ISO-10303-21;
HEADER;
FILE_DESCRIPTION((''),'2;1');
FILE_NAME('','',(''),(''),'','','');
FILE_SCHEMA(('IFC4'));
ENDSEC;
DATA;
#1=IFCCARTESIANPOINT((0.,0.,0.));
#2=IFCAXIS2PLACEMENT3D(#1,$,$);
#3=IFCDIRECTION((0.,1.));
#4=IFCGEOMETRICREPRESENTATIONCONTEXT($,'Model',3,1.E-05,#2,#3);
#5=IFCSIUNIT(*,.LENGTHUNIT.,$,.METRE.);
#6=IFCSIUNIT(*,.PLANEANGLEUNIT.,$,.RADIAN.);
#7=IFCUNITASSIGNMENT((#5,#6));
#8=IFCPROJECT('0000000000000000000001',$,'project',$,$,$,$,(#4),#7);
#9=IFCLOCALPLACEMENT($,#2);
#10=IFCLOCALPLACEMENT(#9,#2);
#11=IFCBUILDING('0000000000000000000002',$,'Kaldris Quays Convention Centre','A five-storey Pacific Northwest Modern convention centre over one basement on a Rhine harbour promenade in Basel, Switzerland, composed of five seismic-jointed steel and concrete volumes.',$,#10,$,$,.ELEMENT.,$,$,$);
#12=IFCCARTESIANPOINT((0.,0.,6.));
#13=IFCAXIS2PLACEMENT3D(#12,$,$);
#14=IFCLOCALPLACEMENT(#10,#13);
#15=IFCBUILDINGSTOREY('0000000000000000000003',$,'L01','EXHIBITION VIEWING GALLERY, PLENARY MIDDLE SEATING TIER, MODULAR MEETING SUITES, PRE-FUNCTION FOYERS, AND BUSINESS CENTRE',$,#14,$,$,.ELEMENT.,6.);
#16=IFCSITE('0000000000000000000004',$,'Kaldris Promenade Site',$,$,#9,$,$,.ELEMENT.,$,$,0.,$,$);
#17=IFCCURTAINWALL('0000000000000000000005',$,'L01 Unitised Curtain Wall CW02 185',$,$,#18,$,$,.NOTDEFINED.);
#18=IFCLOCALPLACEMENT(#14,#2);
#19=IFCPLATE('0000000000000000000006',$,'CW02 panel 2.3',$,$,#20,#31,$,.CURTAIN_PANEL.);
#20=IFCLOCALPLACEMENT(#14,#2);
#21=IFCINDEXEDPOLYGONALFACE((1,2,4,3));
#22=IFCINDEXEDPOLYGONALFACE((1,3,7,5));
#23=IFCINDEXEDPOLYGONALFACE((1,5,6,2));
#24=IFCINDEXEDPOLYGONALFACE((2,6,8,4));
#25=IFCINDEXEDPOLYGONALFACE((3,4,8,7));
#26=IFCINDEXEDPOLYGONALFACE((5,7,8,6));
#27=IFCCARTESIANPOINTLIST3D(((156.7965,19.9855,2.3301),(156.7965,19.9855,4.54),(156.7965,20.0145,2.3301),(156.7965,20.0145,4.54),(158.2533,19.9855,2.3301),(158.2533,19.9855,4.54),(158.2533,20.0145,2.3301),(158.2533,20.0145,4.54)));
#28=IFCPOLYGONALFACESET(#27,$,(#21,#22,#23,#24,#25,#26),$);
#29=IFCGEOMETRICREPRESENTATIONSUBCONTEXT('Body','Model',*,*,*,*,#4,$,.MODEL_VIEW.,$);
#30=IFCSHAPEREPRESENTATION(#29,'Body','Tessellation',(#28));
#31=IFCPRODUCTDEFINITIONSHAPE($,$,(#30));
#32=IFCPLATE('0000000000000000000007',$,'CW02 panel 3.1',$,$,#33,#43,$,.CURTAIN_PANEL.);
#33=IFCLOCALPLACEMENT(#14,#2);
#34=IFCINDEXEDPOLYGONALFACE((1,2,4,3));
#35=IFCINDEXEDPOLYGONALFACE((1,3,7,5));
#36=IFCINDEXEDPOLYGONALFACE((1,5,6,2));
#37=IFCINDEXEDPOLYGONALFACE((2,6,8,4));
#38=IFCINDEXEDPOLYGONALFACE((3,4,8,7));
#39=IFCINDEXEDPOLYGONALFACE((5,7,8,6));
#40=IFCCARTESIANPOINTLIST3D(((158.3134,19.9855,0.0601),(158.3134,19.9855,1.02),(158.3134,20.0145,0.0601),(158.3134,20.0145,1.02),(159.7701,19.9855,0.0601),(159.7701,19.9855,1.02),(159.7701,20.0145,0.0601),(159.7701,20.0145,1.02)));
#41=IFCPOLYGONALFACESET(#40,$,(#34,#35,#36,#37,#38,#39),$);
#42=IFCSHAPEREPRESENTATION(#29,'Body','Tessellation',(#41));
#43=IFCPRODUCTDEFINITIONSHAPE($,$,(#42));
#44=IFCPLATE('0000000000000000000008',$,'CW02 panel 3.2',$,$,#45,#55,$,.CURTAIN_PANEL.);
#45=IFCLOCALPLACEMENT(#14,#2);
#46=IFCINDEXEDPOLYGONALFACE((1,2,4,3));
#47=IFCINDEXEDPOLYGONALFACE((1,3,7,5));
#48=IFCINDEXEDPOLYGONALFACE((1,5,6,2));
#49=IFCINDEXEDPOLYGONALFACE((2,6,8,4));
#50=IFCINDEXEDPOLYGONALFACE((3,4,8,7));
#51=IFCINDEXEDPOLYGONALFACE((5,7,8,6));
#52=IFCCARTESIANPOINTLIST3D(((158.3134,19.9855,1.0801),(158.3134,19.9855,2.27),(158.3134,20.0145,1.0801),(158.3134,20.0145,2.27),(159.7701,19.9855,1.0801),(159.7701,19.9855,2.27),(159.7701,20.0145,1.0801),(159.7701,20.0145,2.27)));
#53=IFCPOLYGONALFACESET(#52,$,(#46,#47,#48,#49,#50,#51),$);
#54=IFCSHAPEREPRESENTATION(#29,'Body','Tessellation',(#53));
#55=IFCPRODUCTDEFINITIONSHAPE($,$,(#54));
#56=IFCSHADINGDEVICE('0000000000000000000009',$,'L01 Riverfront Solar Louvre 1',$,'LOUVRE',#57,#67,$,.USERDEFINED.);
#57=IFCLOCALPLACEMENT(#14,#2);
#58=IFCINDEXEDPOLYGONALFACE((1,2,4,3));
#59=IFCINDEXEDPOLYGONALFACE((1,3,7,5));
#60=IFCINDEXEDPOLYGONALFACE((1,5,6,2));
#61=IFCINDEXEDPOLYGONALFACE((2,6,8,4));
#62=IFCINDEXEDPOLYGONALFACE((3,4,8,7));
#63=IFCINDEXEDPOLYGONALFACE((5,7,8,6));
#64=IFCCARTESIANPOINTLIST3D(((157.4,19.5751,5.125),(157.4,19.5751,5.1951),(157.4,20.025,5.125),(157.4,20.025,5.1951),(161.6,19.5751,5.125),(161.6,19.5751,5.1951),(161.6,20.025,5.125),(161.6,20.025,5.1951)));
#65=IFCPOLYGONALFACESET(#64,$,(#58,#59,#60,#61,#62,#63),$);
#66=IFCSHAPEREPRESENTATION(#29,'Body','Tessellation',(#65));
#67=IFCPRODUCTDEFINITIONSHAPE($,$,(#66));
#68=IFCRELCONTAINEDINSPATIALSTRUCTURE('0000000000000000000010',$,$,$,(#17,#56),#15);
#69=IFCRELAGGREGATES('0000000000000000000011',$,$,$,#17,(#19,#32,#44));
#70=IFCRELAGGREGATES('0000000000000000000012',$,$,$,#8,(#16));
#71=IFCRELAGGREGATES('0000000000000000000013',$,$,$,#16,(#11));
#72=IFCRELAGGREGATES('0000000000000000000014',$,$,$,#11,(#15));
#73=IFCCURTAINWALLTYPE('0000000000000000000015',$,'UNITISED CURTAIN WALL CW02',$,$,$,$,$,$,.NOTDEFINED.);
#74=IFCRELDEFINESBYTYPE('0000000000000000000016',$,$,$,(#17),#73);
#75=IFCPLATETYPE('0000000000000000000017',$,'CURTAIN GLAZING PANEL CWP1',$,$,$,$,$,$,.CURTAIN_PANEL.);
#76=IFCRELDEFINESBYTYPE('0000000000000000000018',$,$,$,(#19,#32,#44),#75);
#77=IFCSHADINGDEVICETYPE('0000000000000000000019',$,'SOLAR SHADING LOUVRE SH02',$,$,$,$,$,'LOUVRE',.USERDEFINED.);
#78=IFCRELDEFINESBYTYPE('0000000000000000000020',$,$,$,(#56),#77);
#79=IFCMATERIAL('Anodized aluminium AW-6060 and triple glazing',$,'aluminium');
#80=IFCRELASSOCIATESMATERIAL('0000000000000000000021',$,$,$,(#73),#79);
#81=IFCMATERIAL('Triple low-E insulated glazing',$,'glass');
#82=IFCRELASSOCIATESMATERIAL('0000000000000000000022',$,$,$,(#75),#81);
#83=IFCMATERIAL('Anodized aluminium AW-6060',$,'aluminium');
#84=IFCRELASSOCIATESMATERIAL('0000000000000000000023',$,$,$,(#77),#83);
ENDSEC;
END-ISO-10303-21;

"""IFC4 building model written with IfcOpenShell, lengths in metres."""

from ifc_helpers import new_model, si_unit, direction, frame, origin, origin_2d, place, context, subcontext, project, spatial, rectangle, extrude, material, type_object, element, aggregate, save


model = new_model("IFC4")

# Units and contexts
model_context = context("Model", 3, precision=1e-05, world=origin(), true_north=direction((0.0, 1.0)))
body_context = subcontext(model_context, "Body", "Model", "MODEL_VIEW")
ifc_project = project(units=[si_unit("LENGTHUNIT", "METRE"), si_unit("PLANEANGLEUNIT", "RADIAN")], contexts=[model_context])

# Site, building, storey
site_placement = place(None, origin())
site = spatial("IfcSite", under=ifc_project, at=site_placement, Name="Kaldris Promenade Site", CompositionType="ELEMENT", RefElevation=0.0)
building_placement = place(site_placement, origin())
building = spatial("IfcBuilding", under=site, at=building_placement, Name="Kaldris Quays Convention Centre", Description="A five-storey Pacific Northwest Modern convention centre over one basement on a Rhine harbour promenade in Basel, Switzerland, composed of five seismic-jointed steel and concrete volumes.", CompositionType="ELEMENT")
storey_placement = place(building_placement, frame((0.0, 0.0, 6.0)))
storey = spatial("IfcBuildingStorey", under=building, at=storey_placement, Name="L01", Description="EXHIBITION VIEWING GALLERY, PLENARY MIDDLE SEATING TIER, MODULAR MEETING SUITES, PRE-FUNCTION FOYERS, AND BUSINESS CENTRE", CompositionType="ELEMENT", Elevation=6.0)

# Curtain wall
ifc_material_1 = material(Name="Anodized aluminium AW-6060 and triple glazing", Category="aluminium")
curtain_wall_type = type_object("IfcCurtainWallType", Name="UNITISED CURTAIN WALL CW02", PredefinedType="NOTDEFINED", material=ifc_material_1)
curtain_wall_placement = place(storey_placement, origin())
curtain_wall = element("IfcCurtainWall", 1, at=curtain_wall_placement, inside=storey, type_object=curtain_wall_type, Name="L01 Unitised Curtain Wall CW02 185", PredefinedType="NOTDEFINED")
ifc_material_2 = material(Name="Anodized aluminium AW-6060", Category="aluminium")

# Plates
ifc_material_3 = material(Name="Triple low-E insulated glazing", Category="glass")
plate_type = type_object("IfcPlateType", Name="CURTAIN GLAZING PANEL CWP1", PredefinedType="CURTAIN_PANEL", material=ifc_material_3)
plate_1_placement = place(storey_placement, frame((157.5249, 20.0, 2.3301), z_axis=(0.0, 0.0, 1.0), x_axis=(1.0, 0.0, 0.0)))
plate_1 = element("IfcPlate", 2, at=plate_1_placement, type_object=plate_type, Name="CW02 panel 2.3", PredefinedType="CURTAIN_PANEL", context=body_context, shape_type="SweptSolid", body=[
    extrude(rectangle(XDim=1.4568, YDim=0.0291, at=origin_2d()), origin(), (0.0, 0.0, 1.0), 2.21),
])
plate_2_placement = place(storey_placement, frame((159.0417, 20.0, 0.0601), z_axis=(0.0, 0.0, 1.0), x_axis=(1.0, 0.0, 0.0)))
plate_2 = element("IfcPlate", 3, at=plate_2_placement, type_object=plate_type, Name="CW02 panel 3.1", PredefinedType="CURTAIN_PANEL", context=body_context, shape_type="SweptSolid", body=[
    extrude(rectangle(XDim=1.4568, YDim=0.0291, at=origin_2d()), origin(), (0.0, 0.0, 1.0), 0.96),
])
plate_3_placement = place(storey_placement, frame((159.0417, 20.0, 1.0801), z_axis=(0.0, 0.0, 1.0), x_axis=(1.0, 0.0, 0.0)))
plate_3 = element("IfcPlate", 4, at=plate_3_placement, type_object=plate_type, Name="CW02 panel 3.2", PredefinedType="CURTAIN_PANEL", context=body_context, shape_type="SweptSolid", body=[
    extrude(rectangle(XDim=1.4568, YDim=0.0291, at=origin_2d()), origin(), (0.0, 0.0, 1.0), 1.1899),
])
aggregate(curtain_wall, [plate_1, plate_2, plate_3])

# Shading device
shading_device_type = type_object("IfcShadingDeviceType", Name="SOLAR SHADING LOUVRE SH02", ElementType="LOUVRE", PredefinedType="USERDEFINED", material=ifc_material_2)
shading_device_placement = place(storey_placement, frame((159.5, 19.8, 5.125), z_axis=(0.0, 0.0, 1.0), x_axis=(1.0, 0.0, 0.0)))
element("IfcShadingDevice", 5, at=shading_device_placement, inside=storey, type_object=shading_device_type, Name="L01 Riverfront Solar Louvre 1", ObjectType="LOUVRE", PredefinedType="USERDEFINED", context=body_context, shape_type="SweptSolid", body=[
    extrude(rectangle(XDim=4.2, YDim=0.45, at=origin_2d()), origin(), (0.0, 0.0, 1.0), 0.0701),
])

save(model, "model.ifc")
